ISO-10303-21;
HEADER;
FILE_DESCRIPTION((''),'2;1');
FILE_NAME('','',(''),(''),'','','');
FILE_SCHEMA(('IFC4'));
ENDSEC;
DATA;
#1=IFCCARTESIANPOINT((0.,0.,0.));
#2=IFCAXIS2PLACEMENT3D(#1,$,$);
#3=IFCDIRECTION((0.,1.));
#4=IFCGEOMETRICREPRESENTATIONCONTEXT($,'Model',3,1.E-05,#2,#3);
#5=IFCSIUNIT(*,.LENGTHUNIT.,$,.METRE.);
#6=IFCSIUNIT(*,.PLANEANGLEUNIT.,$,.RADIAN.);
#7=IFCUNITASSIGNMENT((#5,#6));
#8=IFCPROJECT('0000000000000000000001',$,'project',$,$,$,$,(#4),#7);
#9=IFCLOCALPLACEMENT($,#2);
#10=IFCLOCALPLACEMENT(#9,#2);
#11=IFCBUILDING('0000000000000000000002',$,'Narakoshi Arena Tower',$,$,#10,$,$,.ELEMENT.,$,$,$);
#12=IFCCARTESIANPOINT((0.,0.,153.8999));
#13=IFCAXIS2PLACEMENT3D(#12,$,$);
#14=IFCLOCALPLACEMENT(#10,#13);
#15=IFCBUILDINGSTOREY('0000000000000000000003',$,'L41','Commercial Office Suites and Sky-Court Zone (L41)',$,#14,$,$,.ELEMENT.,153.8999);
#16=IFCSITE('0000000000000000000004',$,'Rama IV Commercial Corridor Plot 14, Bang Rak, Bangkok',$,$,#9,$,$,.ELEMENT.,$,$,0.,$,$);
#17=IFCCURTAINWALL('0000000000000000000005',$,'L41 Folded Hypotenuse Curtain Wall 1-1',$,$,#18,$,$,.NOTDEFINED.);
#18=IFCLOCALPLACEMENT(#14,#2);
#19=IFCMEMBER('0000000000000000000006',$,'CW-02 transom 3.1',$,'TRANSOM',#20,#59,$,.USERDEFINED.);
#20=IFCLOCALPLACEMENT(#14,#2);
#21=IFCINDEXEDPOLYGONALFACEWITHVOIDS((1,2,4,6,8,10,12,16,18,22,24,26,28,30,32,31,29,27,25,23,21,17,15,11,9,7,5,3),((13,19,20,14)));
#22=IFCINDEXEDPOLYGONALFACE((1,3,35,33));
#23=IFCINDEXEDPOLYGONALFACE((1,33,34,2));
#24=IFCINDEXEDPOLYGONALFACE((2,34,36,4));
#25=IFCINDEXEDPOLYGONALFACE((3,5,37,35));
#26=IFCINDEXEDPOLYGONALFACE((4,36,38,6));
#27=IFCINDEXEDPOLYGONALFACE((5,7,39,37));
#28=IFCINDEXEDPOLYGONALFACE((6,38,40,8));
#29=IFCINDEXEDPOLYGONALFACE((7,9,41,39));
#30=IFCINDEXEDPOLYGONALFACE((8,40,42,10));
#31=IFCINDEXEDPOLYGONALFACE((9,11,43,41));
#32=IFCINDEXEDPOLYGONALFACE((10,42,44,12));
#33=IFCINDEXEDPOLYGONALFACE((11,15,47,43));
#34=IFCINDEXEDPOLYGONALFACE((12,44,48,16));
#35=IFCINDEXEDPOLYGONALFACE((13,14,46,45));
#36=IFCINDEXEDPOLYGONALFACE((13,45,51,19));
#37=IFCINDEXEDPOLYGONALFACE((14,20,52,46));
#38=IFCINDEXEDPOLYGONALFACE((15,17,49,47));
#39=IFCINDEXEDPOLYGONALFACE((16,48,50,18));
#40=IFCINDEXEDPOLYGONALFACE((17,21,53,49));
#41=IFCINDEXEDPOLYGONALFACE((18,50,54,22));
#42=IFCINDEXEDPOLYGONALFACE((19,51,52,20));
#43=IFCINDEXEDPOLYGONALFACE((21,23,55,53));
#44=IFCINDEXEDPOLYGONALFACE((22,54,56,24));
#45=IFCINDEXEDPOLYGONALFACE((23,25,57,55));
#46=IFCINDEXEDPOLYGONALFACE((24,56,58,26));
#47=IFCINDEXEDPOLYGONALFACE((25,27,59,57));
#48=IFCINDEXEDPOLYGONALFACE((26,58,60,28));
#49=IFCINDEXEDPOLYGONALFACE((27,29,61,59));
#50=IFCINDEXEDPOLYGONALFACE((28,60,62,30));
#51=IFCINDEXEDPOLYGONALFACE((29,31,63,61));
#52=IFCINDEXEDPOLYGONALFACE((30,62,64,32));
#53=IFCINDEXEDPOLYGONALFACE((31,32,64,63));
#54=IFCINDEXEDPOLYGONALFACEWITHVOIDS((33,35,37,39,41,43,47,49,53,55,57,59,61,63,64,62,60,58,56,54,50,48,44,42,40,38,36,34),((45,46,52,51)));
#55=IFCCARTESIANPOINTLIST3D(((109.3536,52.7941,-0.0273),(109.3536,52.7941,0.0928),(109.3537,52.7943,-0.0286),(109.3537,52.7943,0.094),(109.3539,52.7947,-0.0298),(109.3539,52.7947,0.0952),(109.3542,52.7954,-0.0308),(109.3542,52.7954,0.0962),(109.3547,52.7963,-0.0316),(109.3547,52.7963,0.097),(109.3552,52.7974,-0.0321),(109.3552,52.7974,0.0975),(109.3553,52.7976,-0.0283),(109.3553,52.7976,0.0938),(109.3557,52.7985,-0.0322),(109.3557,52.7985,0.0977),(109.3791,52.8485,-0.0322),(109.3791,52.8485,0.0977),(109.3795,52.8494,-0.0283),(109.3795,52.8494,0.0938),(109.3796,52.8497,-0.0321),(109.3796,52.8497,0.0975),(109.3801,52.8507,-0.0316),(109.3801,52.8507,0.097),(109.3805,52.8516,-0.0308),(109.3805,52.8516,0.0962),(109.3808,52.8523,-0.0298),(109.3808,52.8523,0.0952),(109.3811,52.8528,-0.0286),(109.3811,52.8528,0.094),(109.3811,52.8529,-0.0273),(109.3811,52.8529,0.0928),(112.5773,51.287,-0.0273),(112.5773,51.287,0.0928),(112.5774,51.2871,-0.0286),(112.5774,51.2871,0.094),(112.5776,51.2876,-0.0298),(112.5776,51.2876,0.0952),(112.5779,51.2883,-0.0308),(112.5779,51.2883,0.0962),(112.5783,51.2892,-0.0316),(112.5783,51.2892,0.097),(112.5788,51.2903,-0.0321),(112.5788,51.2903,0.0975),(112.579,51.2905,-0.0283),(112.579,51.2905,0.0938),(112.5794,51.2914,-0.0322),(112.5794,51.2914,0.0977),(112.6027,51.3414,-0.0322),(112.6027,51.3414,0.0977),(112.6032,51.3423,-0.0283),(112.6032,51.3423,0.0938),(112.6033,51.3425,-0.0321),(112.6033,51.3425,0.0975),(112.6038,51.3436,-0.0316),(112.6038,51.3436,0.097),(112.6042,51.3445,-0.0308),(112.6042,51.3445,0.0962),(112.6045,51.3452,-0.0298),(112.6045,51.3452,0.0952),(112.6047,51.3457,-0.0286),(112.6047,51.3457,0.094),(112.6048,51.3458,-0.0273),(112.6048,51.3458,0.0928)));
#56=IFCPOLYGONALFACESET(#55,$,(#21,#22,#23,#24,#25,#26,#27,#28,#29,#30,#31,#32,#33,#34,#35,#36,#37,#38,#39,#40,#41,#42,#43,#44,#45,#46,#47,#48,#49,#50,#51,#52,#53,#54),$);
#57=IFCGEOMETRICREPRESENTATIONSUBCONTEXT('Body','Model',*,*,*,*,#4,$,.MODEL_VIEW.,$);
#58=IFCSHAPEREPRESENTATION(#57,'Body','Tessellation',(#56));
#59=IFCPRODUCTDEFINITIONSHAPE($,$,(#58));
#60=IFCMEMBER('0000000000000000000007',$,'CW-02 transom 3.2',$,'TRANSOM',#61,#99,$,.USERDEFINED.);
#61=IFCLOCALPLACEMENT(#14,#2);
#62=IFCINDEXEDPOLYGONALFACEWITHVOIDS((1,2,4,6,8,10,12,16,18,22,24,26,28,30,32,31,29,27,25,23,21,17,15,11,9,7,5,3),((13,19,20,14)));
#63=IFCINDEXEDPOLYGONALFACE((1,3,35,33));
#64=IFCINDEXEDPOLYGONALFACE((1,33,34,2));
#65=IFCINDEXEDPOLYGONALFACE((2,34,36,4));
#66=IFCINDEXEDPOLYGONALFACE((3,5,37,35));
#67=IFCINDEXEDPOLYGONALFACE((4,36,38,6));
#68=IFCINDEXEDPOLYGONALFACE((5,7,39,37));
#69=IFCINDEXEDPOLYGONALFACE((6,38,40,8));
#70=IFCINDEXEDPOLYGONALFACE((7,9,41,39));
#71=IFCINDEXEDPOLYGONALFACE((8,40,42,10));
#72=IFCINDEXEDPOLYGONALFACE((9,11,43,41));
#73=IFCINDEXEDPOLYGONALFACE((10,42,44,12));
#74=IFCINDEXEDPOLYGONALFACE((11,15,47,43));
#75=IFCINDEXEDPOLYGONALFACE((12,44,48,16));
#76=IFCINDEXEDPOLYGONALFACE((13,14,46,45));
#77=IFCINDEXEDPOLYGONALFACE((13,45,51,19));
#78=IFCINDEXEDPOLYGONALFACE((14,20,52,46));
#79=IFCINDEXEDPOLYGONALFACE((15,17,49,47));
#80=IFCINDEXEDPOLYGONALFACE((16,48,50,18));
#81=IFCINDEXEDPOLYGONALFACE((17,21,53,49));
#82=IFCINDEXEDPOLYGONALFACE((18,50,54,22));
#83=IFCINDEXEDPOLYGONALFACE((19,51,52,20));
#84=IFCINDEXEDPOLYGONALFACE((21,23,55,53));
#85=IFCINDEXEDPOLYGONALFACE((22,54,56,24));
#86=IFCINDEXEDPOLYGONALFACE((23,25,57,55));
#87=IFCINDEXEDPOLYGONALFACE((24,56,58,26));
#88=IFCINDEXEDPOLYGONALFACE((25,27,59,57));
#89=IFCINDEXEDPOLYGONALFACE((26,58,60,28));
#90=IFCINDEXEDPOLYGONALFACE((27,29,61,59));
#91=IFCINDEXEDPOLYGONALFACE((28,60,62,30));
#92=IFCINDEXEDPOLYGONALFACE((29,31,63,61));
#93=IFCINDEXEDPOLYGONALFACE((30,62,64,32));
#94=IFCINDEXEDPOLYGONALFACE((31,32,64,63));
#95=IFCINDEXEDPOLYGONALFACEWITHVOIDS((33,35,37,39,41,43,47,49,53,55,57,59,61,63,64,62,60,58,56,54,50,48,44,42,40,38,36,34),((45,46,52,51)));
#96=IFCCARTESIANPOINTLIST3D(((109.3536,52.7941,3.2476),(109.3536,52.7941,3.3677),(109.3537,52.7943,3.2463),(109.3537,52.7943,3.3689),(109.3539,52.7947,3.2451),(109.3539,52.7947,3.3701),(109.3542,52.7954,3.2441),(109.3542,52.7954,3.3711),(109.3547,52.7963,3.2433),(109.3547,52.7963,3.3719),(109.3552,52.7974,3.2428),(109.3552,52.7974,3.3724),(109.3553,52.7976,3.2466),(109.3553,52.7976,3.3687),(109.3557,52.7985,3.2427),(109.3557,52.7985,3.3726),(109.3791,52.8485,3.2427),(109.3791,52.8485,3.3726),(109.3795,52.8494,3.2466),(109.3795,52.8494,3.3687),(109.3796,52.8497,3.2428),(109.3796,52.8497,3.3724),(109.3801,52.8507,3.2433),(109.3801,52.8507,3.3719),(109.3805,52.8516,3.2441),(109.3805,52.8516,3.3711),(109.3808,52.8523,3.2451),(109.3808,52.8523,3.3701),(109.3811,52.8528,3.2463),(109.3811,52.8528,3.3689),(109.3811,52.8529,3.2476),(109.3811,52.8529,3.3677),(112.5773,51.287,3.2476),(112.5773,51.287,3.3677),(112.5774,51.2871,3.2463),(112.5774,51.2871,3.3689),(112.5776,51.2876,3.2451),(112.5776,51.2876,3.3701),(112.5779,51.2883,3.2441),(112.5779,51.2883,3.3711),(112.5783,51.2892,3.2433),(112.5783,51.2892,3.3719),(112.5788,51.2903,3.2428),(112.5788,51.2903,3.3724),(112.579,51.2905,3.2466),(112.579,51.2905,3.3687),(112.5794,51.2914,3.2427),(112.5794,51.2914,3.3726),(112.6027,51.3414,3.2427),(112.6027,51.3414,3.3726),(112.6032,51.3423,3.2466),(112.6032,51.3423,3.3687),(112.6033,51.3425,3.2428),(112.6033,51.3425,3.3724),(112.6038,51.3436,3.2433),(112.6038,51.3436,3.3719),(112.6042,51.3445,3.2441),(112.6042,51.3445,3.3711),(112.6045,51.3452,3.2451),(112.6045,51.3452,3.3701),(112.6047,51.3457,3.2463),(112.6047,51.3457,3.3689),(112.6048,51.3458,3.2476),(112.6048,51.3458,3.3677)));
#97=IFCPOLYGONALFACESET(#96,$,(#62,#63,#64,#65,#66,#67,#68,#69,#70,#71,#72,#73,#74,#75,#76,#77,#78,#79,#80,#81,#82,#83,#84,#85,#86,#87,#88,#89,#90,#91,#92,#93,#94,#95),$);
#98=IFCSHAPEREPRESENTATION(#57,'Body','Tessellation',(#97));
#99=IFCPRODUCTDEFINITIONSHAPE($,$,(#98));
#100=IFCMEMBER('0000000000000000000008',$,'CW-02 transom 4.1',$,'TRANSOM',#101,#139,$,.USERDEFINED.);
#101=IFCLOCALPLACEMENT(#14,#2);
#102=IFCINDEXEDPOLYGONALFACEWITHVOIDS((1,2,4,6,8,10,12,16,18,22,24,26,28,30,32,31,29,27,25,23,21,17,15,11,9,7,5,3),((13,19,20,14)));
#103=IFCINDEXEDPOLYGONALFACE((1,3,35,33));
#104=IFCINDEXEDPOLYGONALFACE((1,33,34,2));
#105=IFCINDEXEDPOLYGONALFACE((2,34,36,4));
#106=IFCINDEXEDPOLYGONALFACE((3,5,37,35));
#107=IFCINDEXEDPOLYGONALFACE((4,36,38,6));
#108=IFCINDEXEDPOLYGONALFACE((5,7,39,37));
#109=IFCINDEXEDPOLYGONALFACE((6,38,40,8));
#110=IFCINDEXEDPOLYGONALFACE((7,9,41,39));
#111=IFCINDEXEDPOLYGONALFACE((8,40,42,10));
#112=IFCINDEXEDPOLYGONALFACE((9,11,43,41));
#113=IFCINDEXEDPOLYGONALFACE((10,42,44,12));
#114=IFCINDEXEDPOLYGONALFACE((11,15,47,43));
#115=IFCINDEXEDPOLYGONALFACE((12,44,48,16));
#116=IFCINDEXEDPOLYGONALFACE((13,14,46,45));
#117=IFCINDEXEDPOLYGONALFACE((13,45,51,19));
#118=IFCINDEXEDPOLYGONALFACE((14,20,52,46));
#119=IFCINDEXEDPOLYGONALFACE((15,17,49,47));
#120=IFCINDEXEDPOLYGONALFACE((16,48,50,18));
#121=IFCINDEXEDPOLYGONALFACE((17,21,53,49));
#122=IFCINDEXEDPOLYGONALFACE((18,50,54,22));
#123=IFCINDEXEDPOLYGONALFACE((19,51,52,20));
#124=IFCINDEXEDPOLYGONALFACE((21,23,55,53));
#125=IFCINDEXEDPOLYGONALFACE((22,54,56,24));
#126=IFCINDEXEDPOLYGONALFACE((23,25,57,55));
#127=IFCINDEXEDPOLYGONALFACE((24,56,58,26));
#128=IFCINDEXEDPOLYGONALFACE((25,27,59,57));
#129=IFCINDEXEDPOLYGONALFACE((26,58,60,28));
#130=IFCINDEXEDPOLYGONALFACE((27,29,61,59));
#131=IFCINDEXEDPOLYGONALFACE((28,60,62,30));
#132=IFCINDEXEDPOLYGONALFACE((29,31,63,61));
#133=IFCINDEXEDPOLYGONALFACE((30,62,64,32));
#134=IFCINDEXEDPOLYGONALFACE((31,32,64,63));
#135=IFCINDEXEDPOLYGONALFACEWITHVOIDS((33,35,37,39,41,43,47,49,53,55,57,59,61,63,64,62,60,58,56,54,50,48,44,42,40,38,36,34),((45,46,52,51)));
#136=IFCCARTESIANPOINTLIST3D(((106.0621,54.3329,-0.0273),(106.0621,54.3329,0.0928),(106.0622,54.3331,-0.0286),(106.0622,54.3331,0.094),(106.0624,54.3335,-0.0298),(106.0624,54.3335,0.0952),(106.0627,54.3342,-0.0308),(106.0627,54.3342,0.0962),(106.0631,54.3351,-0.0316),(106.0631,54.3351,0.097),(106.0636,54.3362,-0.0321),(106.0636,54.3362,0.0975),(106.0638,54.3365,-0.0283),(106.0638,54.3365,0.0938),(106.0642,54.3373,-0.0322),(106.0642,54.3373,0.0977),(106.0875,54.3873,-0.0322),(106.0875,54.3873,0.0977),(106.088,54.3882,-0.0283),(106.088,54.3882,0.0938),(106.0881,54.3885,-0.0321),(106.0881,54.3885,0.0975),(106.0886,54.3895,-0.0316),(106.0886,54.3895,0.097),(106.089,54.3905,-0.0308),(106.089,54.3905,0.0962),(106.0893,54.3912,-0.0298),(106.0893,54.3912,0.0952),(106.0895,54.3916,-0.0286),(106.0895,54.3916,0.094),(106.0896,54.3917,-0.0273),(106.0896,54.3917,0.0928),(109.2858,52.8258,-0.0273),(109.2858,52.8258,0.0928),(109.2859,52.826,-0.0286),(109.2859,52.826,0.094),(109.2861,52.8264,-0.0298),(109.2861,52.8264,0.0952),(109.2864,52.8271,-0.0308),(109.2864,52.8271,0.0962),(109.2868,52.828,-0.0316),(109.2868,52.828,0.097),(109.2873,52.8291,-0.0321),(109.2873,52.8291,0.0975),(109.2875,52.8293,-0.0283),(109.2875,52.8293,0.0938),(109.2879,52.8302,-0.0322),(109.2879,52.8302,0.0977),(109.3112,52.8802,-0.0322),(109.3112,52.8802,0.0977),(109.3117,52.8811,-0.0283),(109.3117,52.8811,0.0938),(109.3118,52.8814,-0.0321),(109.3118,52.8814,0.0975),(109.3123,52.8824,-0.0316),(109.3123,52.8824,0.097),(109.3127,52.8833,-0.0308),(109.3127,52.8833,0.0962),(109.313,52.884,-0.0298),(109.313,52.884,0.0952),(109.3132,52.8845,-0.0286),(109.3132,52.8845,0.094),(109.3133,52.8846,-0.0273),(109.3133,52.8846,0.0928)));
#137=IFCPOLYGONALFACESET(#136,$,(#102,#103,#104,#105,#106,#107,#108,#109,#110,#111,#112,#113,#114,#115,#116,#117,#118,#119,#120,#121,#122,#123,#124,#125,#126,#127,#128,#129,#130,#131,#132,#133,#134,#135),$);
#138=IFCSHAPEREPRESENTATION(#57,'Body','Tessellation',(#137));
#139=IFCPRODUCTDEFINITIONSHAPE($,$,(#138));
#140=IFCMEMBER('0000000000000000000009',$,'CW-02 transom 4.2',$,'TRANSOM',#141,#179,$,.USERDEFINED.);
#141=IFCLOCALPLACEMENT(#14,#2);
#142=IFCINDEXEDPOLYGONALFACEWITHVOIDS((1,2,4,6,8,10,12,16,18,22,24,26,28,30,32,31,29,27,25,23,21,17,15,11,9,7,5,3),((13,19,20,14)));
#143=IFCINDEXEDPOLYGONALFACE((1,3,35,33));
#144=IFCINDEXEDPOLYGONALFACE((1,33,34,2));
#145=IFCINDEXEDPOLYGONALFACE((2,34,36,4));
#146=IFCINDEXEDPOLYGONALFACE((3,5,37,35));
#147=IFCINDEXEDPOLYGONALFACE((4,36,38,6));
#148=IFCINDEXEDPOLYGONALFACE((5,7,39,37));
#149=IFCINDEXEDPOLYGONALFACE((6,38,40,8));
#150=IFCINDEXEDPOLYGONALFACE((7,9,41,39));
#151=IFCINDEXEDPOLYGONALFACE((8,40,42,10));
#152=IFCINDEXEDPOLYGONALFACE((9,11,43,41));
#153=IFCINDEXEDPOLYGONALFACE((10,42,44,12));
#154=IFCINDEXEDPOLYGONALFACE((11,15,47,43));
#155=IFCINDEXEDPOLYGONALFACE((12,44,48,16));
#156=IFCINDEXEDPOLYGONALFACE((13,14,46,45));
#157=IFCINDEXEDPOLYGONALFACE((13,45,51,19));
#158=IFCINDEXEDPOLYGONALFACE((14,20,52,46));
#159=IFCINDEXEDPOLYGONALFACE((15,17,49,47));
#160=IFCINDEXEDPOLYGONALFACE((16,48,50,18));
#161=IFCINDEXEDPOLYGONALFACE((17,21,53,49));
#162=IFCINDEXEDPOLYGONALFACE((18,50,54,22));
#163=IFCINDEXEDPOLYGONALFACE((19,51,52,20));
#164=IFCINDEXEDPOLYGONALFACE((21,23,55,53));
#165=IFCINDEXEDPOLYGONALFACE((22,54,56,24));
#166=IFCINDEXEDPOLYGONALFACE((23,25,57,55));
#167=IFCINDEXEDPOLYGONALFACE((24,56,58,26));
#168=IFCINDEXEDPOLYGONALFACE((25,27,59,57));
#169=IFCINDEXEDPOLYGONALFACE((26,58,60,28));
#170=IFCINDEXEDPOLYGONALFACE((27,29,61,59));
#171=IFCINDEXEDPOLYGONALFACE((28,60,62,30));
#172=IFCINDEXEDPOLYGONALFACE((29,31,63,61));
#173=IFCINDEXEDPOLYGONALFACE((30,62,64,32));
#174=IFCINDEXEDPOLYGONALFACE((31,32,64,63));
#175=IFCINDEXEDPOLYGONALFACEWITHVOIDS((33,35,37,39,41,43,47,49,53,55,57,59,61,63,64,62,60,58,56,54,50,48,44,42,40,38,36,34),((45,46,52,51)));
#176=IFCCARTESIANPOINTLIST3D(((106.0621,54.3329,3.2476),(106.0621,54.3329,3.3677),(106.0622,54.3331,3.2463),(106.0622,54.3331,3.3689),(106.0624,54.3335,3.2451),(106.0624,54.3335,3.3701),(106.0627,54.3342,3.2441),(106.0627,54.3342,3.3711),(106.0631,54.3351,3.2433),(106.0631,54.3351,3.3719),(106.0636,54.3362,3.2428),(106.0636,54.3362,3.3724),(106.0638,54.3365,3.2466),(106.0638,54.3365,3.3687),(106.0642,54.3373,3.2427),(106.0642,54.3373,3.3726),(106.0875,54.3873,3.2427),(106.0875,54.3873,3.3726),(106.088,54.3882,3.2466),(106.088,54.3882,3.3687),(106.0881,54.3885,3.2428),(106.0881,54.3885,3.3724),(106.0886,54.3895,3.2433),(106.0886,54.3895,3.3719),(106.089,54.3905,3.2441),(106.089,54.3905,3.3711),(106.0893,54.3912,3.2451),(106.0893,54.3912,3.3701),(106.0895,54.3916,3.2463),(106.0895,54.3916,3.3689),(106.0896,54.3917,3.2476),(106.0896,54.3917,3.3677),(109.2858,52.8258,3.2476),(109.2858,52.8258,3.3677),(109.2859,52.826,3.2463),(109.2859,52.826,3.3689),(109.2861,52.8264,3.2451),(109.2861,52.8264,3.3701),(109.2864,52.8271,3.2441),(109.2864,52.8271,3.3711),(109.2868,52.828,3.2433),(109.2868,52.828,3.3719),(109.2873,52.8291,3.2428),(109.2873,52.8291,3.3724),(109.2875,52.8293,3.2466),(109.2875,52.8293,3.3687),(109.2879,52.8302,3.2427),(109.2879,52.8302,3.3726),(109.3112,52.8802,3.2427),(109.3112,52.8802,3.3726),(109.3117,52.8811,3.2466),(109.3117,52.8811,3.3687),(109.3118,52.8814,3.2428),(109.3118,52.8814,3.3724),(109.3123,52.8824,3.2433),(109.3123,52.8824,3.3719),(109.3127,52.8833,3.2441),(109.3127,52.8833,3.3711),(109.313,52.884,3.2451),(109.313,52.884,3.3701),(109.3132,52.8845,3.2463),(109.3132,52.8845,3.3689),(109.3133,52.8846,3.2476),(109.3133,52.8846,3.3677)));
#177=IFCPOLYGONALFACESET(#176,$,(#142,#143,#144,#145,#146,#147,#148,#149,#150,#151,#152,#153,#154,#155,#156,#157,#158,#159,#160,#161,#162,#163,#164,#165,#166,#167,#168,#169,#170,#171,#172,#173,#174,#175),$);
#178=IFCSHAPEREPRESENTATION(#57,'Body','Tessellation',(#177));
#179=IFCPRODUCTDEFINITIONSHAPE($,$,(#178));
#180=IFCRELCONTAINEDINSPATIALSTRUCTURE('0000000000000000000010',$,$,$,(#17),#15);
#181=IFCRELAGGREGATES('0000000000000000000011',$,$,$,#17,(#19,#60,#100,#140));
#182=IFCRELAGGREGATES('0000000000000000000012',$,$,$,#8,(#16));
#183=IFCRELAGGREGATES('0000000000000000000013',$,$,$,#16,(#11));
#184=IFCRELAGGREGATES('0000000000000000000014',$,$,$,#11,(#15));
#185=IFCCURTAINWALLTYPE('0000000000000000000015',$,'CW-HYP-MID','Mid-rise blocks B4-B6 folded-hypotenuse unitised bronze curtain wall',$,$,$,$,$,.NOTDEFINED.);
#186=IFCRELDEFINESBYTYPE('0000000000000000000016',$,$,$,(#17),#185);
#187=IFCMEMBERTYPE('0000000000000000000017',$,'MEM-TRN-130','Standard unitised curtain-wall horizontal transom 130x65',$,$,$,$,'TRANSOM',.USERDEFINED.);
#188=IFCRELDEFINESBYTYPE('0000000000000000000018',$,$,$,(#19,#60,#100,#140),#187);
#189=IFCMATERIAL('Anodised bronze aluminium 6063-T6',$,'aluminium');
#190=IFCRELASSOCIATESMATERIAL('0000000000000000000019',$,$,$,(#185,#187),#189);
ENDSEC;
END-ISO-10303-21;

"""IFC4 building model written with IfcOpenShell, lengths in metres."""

from ifc_helpers import new_model, si_unit, direction, frame, origin, origin_2d, place, context, subcontext, project, spatial, hollow_rectangle, extrude, material, material_profile, profile_set, type_object, element, aggregate, save


model = new_model("IFC4")

# Units and contexts
model_context = context("Model", 3, precision=1e-05, world=origin(), true_north=direction((0.0, 1.0)))
body_context = subcontext(model_context, "Body", "Model", "MODEL_VIEW")
ifc_project = project(units=[si_unit("LENGTHUNIT", "METRE"), si_unit("PLANEANGLEUNIT", "RADIAN")], contexts=[model_context])

# Site, building, storey
site_placement = place(None, origin())
site = spatial("IfcSite", under=ifc_project, at=site_placement, Name="Rama IV Commercial Corridor Plot 14, Bang Rak, Bangkok", CompositionType="ELEMENT", RefElevation=0.0)
building_placement = place(site_placement, origin())
building = spatial("IfcBuilding", under=site, at=building_placement, Name="Narakoshi Arena Tower", CompositionType="ELEMENT")
storey_placement = place(building_placement, frame((0.0, 0.0, 153.8999)))
storey = spatial("IfcBuildingStorey", under=building, at=storey_placement, Name="L41", Description="Commercial Office Suites and Sky-Court Zone (L41)", CompositionType="ELEMENT", Elevation=153.8999)

# Curtain wall, members
ifc_material_1 = material(Name="Anodised bronze aluminium 6063-T6", Category="aluminium")
curtain_wall_type = type_object("IfcCurtainWallType", Name="CW-HYP-MID", Description="Mid-rise blocks B4-B6 folded-hypotenuse unitised bronze curtain wall", PredefinedType="NOTDEFINED", material=ifc_material_1)
curtain_wall_placement = place(storey_placement, origin())
curtain_wall = element("IfcCurtainWall", 1, at=curtain_wall_placement, inside=storey, type_object=curtain_wall_type, Name="L41 Folded Hypotenuse Curtain Wall 1-1", PredefinedType="NOTDEFINED")
ifc_material_profile_1 = material_profile(ifc_material_1, hollow_rectangle(XDim=0.0649, YDim=0.1299, WallThickness=0.0039, OuterFilletRadius=0.0049, at=origin_2d()), Name="TRN130x65x4")
ifc_profile_set_1 = profile_set([ifc_material_profile_1], Name="Anodised bronze aluminium 6063-T6")
member_type_1 = type_object("IfcMemberType", Name="MEM-TRN-130", Description="Standard unitised curtain-wall horizontal transom 130x65", ElementType="TRANSOM", PredefinedType="USERDEFINED", material=ifc_profile_set_1)
member_1_placement = place(storey_placement, frame((112.5911, 51.3164, 0.0327), z_axis=(-0.90589, 0.423513, 0.0), x_axis=(-0.423513, -0.90589, 0.0)))
member_1 = element("IfcMember", 2, at=member_1_placement, type_object=member_type_1, Name="CW-02 transom 3.1", ObjectType="TRANSOM", PredefinedType="USERDEFINED", context=body_context, shape_type="SweptSolid", body=[
    extrude(hollow_rectangle(XDim=0.0649, YDim=0.1299, WallThickness=0.0039, OuterFilletRadius=0.0049, at=origin_2d()), origin(), (0.0, 0.0, 1.0), 3.5586),
])
member_2_placement = place(storey_placement, frame((112.5911, 51.3164, 3.3076), z_axis=(-0.90589, 0.423513, 0.0), x_axis=(-0.423513, -0.90589, 0.0)))
member_2 = element("IfcMember", 3, at=member_2_placement, type_object=member_type_1, Name="CW-02 transom 3.2", ObjectType="TRANSOM", PredefinedType="USERDEFINED", context=body_context, shape_type="SweptSolid", body=[
    extrude(hollow_rectangle(XDim=0.0649, YDim=0.1299, WallThickness=0.0039, OuterFilletRadius=0.0049, at=origin_2d()), origin(), (0.0, 0.0, 1.0), 3.5586),
])
member_3_placement = place(storey_placement, frame((109.2996, 52.8552, 0.0327), z_axis=(-0.90589, 0.423513, 0.0), x_axis=(-0.423513, -0.90589, 0.0)))
member_3 = element("IfcMember", 4, at=member_3_placement, type_object=member_type_1, Name="CW-02 transom 4.1", ObjectType="TRANSOM", PredefinedType="USERDEFINED", context=body_context, shape_type="SweptSolid", body=[
    extrude(hollow_rectangle(XDim=0.0649, YDim=0.1299, WallThickness=0.0039, OuterFilletRadius=0.0049, at=origin_2d()), origin(), (0.0, 0.0, 1.0), 3.5586),
])
member_4_placement = place(storey_placement, frame((109.2996, 52.8552, 3.3076), z_axis=(-0.90589, 0.423513, 0.0), x_axis=(-0.423513, -0.90589, 0.0)))
member_4 = element("IfcMember", 5, at=member_4_placement, type_object=member_type_1, Name="CW-02 transom 4.2", ObjectType="TRANSOM", PredefinedType="USERDEFINED", context=body_context, shape_type="SweptSolid", body=[
    extrude(hollow_rectangle(XDim=0.0649, YDim=0.1299, WallThickness=0.0039, OuterFilletRadius=0.0049, at=origin_2d()), origin(), (0.0, 0.0, 1.0), 3.5586),
])
aggregate(curtain_wall, [member_1, member_2, member_3, member_4])

save(model, "model.ifc")
